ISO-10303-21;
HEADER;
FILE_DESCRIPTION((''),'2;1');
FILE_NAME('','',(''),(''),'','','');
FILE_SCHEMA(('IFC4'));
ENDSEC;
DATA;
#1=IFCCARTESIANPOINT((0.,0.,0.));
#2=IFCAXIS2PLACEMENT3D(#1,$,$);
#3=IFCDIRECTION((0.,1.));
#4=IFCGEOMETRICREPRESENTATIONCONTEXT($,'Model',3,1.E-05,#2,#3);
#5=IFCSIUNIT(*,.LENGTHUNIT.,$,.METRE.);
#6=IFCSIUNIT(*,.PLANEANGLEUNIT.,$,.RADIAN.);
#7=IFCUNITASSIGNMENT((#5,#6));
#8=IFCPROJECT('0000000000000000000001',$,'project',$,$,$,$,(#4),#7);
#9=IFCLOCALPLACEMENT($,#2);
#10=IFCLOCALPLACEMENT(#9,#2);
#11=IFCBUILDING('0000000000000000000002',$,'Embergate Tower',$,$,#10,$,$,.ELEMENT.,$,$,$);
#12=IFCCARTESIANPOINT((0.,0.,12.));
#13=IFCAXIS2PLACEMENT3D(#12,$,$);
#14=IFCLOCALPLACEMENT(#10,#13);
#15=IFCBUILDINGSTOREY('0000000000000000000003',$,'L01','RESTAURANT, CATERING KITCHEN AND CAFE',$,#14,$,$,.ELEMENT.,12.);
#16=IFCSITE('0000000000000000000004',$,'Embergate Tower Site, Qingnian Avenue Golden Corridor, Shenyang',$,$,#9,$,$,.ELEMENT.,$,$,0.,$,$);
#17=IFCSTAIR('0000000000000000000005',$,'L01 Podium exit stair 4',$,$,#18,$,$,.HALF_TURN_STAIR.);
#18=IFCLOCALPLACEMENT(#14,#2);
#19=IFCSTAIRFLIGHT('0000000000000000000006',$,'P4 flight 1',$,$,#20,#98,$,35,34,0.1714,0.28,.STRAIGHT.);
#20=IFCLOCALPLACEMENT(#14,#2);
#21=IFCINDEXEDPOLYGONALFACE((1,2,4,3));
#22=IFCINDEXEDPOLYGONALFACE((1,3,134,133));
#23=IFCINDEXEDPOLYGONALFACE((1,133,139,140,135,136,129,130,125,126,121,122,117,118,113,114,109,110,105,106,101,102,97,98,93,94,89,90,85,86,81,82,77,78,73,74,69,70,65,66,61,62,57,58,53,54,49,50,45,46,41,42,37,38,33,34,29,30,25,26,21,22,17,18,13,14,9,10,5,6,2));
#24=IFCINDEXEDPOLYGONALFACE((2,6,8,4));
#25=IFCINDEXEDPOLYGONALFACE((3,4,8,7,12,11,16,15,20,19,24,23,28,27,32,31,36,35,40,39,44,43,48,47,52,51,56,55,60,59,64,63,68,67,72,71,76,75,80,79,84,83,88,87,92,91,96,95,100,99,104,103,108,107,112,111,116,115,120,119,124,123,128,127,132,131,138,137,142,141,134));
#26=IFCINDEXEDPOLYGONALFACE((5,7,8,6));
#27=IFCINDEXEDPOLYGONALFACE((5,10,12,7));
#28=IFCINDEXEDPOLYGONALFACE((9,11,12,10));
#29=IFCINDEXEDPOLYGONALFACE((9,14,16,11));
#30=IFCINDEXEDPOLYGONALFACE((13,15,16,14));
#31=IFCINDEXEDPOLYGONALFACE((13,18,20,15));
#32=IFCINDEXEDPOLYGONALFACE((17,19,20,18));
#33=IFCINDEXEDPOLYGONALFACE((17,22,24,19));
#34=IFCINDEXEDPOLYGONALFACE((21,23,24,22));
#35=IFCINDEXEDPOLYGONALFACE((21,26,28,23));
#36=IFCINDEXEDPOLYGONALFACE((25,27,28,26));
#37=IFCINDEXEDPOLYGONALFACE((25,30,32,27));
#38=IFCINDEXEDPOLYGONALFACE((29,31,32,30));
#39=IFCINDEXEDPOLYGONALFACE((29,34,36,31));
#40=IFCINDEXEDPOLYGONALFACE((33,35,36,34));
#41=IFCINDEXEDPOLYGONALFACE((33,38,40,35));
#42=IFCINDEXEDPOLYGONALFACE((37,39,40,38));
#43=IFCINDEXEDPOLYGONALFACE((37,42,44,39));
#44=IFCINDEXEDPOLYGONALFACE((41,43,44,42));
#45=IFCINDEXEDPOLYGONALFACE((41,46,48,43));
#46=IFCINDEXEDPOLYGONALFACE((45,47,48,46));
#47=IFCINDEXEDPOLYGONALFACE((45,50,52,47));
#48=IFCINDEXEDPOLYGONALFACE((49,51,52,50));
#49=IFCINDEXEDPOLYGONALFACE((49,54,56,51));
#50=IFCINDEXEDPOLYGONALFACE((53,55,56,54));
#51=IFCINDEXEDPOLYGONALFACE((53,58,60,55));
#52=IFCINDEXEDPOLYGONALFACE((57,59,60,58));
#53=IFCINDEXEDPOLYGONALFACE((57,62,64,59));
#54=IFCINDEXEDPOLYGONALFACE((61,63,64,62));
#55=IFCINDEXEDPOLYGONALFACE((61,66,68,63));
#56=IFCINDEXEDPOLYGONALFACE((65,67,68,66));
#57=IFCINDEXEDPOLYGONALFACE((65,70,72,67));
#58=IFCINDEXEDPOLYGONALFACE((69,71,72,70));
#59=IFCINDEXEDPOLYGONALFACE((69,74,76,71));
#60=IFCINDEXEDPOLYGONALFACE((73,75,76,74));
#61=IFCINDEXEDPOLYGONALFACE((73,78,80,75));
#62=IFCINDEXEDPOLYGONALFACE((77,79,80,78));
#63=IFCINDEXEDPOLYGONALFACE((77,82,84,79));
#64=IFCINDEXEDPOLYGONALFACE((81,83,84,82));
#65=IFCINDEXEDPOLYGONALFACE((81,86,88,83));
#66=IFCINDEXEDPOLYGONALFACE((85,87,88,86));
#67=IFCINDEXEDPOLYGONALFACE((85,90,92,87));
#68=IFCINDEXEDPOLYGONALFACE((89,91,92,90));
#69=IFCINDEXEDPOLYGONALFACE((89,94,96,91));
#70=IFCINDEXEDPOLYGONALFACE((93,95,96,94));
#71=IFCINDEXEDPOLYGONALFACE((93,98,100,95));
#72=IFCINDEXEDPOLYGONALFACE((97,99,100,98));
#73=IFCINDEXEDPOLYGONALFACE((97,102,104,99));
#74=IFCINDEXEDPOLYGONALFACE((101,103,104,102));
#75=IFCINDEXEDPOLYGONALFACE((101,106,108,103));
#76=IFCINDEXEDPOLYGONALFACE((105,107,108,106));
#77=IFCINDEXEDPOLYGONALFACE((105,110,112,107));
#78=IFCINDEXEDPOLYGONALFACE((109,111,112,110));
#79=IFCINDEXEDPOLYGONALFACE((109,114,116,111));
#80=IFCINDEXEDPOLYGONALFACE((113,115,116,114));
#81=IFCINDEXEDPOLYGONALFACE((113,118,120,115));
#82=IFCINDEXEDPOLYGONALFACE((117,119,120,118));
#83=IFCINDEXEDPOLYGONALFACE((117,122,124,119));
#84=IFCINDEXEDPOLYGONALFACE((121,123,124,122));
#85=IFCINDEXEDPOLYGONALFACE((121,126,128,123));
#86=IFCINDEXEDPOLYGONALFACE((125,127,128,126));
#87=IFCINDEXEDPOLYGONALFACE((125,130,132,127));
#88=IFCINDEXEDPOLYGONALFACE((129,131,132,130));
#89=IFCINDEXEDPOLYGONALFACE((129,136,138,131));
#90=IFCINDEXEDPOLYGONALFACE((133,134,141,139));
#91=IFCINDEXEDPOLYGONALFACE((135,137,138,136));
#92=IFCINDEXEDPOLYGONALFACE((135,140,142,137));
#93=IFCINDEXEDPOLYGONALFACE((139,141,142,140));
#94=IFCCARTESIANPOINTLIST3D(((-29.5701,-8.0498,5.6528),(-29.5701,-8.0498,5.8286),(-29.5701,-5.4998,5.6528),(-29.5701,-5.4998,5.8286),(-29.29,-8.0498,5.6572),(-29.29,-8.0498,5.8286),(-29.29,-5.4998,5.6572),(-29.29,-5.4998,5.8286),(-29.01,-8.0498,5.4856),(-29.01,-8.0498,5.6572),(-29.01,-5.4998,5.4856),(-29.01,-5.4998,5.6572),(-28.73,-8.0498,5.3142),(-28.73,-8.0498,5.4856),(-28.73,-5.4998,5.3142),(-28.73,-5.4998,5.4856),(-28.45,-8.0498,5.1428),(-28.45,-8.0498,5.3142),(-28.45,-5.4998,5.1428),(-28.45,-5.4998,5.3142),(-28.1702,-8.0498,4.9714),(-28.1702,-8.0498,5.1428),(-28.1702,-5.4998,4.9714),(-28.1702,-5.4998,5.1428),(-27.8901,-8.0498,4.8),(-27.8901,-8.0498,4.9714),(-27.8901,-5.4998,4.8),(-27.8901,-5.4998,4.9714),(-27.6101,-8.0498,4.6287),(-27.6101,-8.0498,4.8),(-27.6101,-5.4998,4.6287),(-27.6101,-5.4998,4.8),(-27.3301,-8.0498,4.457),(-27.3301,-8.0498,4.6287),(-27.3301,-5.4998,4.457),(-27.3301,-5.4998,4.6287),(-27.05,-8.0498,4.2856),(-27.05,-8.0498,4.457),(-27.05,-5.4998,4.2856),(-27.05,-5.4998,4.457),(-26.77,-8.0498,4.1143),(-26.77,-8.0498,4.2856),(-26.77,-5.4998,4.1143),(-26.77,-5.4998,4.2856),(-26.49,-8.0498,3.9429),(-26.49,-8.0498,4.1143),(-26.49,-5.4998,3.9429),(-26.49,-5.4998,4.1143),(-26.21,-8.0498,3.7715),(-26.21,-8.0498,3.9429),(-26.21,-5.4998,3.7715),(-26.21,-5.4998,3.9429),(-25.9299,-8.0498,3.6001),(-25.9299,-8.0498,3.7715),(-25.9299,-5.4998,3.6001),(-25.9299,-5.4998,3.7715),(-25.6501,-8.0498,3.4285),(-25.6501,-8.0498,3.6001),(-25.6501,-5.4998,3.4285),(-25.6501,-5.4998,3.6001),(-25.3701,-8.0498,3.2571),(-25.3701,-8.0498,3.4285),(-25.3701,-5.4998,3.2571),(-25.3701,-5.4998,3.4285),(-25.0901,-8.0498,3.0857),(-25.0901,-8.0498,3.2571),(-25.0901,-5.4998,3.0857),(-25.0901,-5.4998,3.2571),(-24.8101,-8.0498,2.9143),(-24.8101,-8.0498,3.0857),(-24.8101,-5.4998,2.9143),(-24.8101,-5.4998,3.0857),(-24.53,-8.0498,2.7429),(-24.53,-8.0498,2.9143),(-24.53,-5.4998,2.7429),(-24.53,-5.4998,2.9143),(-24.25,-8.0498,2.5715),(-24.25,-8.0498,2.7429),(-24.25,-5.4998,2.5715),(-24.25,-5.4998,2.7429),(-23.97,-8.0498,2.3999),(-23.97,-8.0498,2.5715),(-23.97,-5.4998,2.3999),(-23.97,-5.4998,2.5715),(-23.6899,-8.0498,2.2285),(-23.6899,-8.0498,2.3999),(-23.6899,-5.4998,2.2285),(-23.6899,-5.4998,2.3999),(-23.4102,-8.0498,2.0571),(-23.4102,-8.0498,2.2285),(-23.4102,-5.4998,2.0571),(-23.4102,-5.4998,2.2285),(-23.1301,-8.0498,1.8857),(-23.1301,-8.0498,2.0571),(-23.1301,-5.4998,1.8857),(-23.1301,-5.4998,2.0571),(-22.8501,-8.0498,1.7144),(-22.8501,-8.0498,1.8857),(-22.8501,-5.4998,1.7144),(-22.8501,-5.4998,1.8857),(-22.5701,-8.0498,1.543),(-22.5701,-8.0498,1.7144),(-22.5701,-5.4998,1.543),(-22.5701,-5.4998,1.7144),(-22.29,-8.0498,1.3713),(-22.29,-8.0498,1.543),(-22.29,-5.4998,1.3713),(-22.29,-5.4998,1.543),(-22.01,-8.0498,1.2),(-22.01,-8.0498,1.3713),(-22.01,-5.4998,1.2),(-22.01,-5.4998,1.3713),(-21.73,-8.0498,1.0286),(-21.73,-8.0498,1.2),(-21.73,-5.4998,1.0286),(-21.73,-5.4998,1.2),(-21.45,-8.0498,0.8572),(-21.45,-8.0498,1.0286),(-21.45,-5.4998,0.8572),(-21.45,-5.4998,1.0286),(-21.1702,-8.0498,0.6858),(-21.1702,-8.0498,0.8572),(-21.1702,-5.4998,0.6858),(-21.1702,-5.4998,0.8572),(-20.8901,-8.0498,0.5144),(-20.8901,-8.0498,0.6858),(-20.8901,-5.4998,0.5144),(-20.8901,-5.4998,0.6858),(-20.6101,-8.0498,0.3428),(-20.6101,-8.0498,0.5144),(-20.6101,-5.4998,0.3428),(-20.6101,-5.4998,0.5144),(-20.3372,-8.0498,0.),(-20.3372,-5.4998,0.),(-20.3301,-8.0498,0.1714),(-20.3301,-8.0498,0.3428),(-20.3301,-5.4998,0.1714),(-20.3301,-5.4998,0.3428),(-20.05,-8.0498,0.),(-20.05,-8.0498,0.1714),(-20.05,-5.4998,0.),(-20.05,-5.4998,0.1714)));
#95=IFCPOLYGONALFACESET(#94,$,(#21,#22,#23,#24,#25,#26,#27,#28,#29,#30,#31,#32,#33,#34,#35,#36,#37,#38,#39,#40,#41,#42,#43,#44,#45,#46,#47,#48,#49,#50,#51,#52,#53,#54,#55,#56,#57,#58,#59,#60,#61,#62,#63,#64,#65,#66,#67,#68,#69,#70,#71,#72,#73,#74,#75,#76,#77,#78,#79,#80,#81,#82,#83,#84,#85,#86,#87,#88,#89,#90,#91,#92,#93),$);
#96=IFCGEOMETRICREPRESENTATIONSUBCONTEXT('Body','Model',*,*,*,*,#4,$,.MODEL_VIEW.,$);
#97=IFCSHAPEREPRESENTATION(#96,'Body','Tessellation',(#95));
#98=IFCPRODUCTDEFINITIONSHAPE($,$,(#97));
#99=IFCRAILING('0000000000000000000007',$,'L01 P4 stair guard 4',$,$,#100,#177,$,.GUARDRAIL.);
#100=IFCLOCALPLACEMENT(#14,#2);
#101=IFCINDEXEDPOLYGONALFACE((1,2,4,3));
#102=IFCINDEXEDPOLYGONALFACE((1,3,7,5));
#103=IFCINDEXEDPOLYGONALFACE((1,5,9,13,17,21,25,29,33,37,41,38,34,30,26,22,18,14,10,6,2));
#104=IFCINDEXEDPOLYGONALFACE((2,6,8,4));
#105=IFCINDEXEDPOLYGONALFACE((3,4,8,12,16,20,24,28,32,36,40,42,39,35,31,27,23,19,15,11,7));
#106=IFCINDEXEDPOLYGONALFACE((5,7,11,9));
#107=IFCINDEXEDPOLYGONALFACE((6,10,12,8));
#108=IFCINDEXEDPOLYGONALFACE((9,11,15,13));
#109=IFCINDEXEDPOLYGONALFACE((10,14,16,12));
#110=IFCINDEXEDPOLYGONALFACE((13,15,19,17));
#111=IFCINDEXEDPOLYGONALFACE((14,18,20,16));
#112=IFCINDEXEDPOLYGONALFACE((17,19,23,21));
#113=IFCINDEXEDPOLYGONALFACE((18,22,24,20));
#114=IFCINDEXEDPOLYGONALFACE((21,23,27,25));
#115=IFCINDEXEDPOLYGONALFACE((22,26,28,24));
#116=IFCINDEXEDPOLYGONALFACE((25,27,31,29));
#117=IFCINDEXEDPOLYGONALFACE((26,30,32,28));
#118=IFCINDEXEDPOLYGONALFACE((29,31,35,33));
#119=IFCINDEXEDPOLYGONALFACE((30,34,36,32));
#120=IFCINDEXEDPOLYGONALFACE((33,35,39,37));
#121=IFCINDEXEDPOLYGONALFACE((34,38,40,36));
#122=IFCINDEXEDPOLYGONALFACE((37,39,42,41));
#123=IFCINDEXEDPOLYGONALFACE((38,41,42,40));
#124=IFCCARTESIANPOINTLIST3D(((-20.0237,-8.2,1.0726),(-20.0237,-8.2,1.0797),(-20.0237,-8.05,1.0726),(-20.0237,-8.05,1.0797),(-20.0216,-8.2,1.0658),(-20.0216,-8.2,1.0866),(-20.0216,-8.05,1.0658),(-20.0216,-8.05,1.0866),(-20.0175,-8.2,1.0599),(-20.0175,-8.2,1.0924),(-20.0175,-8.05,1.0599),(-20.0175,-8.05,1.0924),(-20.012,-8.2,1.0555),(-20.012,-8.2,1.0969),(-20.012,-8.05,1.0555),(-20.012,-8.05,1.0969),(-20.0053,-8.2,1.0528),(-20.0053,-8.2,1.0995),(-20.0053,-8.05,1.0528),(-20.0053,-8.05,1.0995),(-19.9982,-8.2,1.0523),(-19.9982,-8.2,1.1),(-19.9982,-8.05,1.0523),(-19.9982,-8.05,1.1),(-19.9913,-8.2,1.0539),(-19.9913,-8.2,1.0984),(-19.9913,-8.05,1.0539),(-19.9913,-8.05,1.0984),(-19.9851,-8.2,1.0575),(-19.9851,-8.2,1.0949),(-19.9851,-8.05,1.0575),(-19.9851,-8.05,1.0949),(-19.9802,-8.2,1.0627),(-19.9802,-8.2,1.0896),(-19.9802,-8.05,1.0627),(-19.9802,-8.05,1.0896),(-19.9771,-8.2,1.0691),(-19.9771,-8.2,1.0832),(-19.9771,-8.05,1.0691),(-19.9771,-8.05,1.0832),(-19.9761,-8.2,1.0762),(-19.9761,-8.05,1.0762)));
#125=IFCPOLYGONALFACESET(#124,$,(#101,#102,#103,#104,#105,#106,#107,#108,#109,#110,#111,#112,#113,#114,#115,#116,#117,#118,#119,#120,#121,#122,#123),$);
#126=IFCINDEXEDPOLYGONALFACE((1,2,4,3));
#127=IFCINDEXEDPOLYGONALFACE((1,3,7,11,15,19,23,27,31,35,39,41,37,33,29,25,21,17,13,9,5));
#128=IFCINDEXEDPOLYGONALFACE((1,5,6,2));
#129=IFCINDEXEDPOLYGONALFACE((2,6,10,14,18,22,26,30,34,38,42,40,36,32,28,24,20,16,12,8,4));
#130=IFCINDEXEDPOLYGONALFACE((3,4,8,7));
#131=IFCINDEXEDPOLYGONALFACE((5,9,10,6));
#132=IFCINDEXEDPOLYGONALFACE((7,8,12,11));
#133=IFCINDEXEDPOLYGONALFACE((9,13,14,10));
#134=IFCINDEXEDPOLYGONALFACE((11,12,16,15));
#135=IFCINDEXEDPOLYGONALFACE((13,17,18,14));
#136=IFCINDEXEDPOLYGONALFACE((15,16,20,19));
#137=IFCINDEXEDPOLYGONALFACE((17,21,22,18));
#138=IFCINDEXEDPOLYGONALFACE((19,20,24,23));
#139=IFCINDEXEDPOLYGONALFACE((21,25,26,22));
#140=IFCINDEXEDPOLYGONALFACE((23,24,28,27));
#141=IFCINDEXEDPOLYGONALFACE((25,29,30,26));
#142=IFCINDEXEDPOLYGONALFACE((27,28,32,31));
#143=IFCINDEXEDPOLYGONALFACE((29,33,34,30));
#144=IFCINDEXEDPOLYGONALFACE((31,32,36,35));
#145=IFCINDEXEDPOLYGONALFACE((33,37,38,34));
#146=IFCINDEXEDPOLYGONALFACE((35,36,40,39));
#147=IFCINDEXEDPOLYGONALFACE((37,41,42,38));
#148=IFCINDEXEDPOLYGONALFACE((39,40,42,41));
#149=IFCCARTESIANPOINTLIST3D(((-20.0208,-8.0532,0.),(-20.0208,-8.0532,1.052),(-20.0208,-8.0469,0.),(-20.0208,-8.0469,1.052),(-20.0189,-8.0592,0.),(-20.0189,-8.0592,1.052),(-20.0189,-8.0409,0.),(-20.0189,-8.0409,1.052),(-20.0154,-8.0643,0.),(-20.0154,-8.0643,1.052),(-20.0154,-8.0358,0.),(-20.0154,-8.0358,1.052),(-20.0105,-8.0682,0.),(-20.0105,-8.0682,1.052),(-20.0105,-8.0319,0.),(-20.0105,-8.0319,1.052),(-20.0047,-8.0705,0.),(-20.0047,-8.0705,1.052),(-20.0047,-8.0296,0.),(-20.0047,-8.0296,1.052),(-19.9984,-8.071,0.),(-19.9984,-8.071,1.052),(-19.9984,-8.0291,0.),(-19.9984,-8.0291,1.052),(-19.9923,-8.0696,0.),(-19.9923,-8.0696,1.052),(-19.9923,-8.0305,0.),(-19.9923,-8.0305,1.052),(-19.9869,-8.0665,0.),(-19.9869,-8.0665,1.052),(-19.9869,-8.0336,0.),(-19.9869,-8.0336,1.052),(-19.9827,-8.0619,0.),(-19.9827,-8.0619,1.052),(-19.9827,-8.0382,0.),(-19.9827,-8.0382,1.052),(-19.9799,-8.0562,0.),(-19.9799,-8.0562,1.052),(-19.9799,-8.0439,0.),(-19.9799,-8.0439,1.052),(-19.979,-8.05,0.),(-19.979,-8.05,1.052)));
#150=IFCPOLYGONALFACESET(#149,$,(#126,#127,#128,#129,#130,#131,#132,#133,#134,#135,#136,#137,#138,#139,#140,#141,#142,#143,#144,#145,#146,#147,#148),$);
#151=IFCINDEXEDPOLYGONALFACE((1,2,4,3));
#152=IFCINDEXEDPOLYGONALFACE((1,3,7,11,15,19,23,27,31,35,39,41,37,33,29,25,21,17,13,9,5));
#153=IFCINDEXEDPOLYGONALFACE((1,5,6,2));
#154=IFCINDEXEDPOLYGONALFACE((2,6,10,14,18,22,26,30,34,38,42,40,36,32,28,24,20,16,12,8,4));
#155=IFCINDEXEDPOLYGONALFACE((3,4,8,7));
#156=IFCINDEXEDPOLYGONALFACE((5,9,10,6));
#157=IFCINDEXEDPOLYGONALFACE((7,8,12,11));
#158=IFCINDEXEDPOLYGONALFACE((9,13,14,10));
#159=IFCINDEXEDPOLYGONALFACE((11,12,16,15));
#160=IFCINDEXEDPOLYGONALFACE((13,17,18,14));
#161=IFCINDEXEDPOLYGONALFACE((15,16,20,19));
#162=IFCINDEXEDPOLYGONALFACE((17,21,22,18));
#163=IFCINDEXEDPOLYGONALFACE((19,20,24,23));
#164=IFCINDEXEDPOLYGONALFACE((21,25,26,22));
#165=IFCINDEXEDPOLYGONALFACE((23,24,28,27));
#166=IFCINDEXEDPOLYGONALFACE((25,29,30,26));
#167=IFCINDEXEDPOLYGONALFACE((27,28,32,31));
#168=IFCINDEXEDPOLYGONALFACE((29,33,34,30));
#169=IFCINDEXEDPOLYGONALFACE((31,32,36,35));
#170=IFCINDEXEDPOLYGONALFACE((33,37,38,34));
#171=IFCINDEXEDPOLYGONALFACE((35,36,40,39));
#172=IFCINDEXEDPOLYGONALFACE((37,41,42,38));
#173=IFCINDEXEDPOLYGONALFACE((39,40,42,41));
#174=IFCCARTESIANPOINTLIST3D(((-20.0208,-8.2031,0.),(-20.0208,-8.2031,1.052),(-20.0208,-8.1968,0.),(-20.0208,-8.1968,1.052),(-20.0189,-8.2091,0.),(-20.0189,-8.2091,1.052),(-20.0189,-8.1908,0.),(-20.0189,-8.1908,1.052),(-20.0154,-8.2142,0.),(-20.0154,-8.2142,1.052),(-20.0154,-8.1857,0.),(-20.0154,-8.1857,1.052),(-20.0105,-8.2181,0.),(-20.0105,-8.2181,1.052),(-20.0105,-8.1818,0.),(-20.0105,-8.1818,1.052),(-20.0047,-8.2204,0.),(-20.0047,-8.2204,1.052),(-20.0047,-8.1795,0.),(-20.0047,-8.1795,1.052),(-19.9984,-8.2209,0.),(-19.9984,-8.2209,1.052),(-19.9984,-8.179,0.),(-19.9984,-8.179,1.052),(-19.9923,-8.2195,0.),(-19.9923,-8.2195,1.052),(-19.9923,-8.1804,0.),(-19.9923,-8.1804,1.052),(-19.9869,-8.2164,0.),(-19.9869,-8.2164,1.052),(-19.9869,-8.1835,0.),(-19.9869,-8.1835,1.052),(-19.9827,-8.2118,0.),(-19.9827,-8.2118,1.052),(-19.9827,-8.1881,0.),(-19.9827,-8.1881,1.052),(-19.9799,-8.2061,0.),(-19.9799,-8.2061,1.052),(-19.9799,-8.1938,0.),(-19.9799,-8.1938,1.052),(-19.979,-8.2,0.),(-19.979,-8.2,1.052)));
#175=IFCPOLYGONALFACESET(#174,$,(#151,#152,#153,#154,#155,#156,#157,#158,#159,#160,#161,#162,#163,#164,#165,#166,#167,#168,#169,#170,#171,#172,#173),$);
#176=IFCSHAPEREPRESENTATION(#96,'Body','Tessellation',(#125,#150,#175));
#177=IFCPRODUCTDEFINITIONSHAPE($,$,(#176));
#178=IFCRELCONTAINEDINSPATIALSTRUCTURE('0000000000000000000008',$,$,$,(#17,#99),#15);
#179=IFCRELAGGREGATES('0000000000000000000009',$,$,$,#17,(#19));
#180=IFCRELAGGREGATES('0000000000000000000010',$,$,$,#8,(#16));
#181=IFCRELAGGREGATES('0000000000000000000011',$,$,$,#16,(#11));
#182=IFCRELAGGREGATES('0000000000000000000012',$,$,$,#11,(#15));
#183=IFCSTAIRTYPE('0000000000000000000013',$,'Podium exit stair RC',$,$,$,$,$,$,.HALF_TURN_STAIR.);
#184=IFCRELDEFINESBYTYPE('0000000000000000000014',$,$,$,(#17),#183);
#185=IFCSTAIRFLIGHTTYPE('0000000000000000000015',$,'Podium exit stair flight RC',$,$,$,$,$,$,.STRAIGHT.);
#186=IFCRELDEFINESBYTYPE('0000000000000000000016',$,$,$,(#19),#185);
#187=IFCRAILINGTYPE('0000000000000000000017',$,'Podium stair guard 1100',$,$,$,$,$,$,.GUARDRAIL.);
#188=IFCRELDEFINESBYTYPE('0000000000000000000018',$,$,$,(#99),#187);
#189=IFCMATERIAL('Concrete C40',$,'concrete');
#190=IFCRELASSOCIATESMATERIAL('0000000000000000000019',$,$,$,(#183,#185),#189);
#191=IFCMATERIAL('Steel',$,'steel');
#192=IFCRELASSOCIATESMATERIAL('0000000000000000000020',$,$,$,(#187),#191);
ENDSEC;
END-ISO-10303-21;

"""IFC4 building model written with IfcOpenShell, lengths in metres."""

from ifc_helpers import new_model, si_unit, direction, frame, origin, origin_2d, place, context, subcontext, project, spatial, polyline, circle, outline, extrude, source, transform, mapped, material, type_object, element, aggregate, save


model = new_model("IFC4")

# Units and contexts
model_context = context("Model", 3, precision=1e-05, world=origin(), true_north=direction((0.0, 1.0)))
body_context = subcontext(model_context, "Body", "Model", "MODEL_VIEW")
ifc_project = project(units=[si_unit("LENGTHUNIT", "METRE"), si_unit("PLANEANGLEUNIT", "RADIAN")], contexts=[model_context])

# Site, building, storey
site_placement = place(None, origin())
site = spatial("IfcSite", under=ifc_project, at=site_placement, Name="Embergate Tower Site, Qingnian Avenue Golden Corridor, Shenyang", CompositionType="ELEMENT", RefElevation=0.0)
building_placement = place(site_placement, origin())
building = spatial("IfcBuilding", under=site, at=building_placement, Name="Embergate Tower", CompositionType="ELEMENT")
storey_placement = place(building_placement, frame((0.0, 0.0, 12.0)))
storey = spatial("IfcBuildingStorey", under=building, at=storey_placement, Name="L01", Description="RESTAURANT, CATERING KITCHEN AND CAFE", CompositionType="ELEMENT", Elevation=12.0)

# Shared definitions
ifc_material_1 = material(Name="Concrete C40", Category="concrete")

# Stair, stair flight
stair_type = type_object("IfcStairType", Name="Podium exit stair RC", PredefinedType="HALF_TURN_STAIR", material=ifc_material_1)
stair_placement = place(storey_placement, origin())
stair = element("IfcStair", 1, at=stair_placement, inside=storey, type_object=stair_type, Name="L01 Podium exit stair 4", PredefinedType="HALF_TURN_STAIR")
stair_flight_type = type_object("IfcStairFlightType", Name="Podium exit stair flight RC", PredefinedType="STRAIGHT", material=ifc_material_1)
shared_shape_1 = source(origin(), body_context, "Body", "SweptSolid", [
    extrude(outline(polyline([(0.0, 0.0), (0.0, 0.1714), (0.28, 0.1714), (0.28, 0.3428), (0.5601, 0.3428), (0.5601, 0.5144), (0.8401, 0.5144), (0.8401, 0.6858), (1.1201, 0.6858), (1.1201, 0.8572), (1.3999, 0.8572), (1.3999, 1.0286), (1.6799, 1.0286), (1.6799, 1.2), (1.96, 1.2), (1.96, 1.3713), (2.24, 1.3713), (2.24, 1.543), (2.52, 1.543), (2.52, 1.7144), (2.8, 1.7144), (2.8, 1.8857), (3.0801, 1.8857), (3.0801, 2.0571), (3.3601, 2.0571), (3.3601, 2.2285), (3.6399, 2.2285), (3.6399, 2.3999), (3.9199, 2.3999), (3.9199, 2.5715), (4.2, 2.5715), (4.2, 2.7429), (4.48, 2.7429), (4.48, 2.9143), (4.76, 2.9143), (4.76, 3.0857), (5.04, 3.0857), (5.04, 3.2571), (5.3201, 3.2571), (5.3201, 3.4285), (5.6001, 3.4285), (5.6001, 3.6001), (5.8799, 3.6001), (5.8799, 3.7715), (6.1599, 3.7715), (6.1599, 3.9429), (6.4399, 3.9429), (6.4399, 4.1143), (6.72, 4.1143), (6.72, 4.2856), (7.0, 4.2856), (7.0, 4.457), (7.28, 4.457), (7.28, 4.6287), (7.5601, 4.6287), (7.5601, 4.8), (7.8401, 4.8), (7.8401, 4.9714), (8.1201, 4.9714), (8.1201, 5.1428), (8.3999, 5.1428), (8.3999, 5.3142), (8.6799, 5.3142), (8.6799, 5.4856), (8.96, 5.4856), (8.96, 5.6572), (9.24, 5.6572), (9.24, 5.8286), (9.52, 5.8286), (9.52, 6.0), (9.52, 5.6528), (0.2871, 0.0), (0.0, 0.0)])), frame((0.0, 1.2749, 0.0), z_axis=(0.0, -1.0, 0.0), x_axis=(1.0, 0.0, 0.0)), (0.0, 0.0, 1.0), 2.55),
])
stair_flight_placement = place(storey_placement, frame((-20.05, -6.7749, 0.0), z_axis=(0.0, 0.0, 1.0), x_axis=(-1.0, 0.0, 0.0)))
stair_flight = element("IfcStairFlight", 2, at=stair_flight_placement, type_object=stair_flight_type, Name="P4 flight 1", NumberOfRisers=35, NumberOfTreads=34, PredefinedType="STRAIGHT", RiserHeight=0.1714, TreadLength=0.28, context=body_context, shape_type="MappedRepresentation", body=[
    mapped(shared_shape_1, transform((0.0, 0.0, 0.0))),
])
aggregate(stair, [stair_flight])

# Railing
ifc_material_2 = material(Name="Steel", Category="steel")
railing_type_1 = type_object("IfcRailingType", Name="Podium stair guard 1100", PredefinedType="GUARDRAIL", material=ifc_material_2)
shared_shape_2 = source(origin(), body_context, "Body", "SweptSolid", [
    extrude(circle(Radius=0.0239, at=origin_2d()), frame((0.0, 0.0, 1.0762), z_axis=(0.0, -1.0, 0.0), x_axis=(1.0, 0.0, 0.0)), (0.0, 0.0, 1.0), 0.1499),
    extrude(circle(Radius=0.021, at=origin_2d()), origin(), (0.0, 0.0, 1.0), 1.052),
    extrude(circle(Radius=0.021, at=origin_2d()), frame((0.0, -0.1499, 0.0)), (0.0, 0.0, 1.0), 1.052),
])
railing_1_placement = place(storey_placement, frame((-20.0, -8.05, 0.0)))
element("IfcRailing", 3, at=railing_1_placement, inside=storey, type_object=railing_type_1, Name="L01 P4 stair guard 4", PredefinedType="GUARDRAIL", context=body_context, shape_type="MappedRepresentation", body=[
    mapped(shared_shape_2, transform((0.0, 0.0, 0.0))),
])

save(model, "model.ifc")
